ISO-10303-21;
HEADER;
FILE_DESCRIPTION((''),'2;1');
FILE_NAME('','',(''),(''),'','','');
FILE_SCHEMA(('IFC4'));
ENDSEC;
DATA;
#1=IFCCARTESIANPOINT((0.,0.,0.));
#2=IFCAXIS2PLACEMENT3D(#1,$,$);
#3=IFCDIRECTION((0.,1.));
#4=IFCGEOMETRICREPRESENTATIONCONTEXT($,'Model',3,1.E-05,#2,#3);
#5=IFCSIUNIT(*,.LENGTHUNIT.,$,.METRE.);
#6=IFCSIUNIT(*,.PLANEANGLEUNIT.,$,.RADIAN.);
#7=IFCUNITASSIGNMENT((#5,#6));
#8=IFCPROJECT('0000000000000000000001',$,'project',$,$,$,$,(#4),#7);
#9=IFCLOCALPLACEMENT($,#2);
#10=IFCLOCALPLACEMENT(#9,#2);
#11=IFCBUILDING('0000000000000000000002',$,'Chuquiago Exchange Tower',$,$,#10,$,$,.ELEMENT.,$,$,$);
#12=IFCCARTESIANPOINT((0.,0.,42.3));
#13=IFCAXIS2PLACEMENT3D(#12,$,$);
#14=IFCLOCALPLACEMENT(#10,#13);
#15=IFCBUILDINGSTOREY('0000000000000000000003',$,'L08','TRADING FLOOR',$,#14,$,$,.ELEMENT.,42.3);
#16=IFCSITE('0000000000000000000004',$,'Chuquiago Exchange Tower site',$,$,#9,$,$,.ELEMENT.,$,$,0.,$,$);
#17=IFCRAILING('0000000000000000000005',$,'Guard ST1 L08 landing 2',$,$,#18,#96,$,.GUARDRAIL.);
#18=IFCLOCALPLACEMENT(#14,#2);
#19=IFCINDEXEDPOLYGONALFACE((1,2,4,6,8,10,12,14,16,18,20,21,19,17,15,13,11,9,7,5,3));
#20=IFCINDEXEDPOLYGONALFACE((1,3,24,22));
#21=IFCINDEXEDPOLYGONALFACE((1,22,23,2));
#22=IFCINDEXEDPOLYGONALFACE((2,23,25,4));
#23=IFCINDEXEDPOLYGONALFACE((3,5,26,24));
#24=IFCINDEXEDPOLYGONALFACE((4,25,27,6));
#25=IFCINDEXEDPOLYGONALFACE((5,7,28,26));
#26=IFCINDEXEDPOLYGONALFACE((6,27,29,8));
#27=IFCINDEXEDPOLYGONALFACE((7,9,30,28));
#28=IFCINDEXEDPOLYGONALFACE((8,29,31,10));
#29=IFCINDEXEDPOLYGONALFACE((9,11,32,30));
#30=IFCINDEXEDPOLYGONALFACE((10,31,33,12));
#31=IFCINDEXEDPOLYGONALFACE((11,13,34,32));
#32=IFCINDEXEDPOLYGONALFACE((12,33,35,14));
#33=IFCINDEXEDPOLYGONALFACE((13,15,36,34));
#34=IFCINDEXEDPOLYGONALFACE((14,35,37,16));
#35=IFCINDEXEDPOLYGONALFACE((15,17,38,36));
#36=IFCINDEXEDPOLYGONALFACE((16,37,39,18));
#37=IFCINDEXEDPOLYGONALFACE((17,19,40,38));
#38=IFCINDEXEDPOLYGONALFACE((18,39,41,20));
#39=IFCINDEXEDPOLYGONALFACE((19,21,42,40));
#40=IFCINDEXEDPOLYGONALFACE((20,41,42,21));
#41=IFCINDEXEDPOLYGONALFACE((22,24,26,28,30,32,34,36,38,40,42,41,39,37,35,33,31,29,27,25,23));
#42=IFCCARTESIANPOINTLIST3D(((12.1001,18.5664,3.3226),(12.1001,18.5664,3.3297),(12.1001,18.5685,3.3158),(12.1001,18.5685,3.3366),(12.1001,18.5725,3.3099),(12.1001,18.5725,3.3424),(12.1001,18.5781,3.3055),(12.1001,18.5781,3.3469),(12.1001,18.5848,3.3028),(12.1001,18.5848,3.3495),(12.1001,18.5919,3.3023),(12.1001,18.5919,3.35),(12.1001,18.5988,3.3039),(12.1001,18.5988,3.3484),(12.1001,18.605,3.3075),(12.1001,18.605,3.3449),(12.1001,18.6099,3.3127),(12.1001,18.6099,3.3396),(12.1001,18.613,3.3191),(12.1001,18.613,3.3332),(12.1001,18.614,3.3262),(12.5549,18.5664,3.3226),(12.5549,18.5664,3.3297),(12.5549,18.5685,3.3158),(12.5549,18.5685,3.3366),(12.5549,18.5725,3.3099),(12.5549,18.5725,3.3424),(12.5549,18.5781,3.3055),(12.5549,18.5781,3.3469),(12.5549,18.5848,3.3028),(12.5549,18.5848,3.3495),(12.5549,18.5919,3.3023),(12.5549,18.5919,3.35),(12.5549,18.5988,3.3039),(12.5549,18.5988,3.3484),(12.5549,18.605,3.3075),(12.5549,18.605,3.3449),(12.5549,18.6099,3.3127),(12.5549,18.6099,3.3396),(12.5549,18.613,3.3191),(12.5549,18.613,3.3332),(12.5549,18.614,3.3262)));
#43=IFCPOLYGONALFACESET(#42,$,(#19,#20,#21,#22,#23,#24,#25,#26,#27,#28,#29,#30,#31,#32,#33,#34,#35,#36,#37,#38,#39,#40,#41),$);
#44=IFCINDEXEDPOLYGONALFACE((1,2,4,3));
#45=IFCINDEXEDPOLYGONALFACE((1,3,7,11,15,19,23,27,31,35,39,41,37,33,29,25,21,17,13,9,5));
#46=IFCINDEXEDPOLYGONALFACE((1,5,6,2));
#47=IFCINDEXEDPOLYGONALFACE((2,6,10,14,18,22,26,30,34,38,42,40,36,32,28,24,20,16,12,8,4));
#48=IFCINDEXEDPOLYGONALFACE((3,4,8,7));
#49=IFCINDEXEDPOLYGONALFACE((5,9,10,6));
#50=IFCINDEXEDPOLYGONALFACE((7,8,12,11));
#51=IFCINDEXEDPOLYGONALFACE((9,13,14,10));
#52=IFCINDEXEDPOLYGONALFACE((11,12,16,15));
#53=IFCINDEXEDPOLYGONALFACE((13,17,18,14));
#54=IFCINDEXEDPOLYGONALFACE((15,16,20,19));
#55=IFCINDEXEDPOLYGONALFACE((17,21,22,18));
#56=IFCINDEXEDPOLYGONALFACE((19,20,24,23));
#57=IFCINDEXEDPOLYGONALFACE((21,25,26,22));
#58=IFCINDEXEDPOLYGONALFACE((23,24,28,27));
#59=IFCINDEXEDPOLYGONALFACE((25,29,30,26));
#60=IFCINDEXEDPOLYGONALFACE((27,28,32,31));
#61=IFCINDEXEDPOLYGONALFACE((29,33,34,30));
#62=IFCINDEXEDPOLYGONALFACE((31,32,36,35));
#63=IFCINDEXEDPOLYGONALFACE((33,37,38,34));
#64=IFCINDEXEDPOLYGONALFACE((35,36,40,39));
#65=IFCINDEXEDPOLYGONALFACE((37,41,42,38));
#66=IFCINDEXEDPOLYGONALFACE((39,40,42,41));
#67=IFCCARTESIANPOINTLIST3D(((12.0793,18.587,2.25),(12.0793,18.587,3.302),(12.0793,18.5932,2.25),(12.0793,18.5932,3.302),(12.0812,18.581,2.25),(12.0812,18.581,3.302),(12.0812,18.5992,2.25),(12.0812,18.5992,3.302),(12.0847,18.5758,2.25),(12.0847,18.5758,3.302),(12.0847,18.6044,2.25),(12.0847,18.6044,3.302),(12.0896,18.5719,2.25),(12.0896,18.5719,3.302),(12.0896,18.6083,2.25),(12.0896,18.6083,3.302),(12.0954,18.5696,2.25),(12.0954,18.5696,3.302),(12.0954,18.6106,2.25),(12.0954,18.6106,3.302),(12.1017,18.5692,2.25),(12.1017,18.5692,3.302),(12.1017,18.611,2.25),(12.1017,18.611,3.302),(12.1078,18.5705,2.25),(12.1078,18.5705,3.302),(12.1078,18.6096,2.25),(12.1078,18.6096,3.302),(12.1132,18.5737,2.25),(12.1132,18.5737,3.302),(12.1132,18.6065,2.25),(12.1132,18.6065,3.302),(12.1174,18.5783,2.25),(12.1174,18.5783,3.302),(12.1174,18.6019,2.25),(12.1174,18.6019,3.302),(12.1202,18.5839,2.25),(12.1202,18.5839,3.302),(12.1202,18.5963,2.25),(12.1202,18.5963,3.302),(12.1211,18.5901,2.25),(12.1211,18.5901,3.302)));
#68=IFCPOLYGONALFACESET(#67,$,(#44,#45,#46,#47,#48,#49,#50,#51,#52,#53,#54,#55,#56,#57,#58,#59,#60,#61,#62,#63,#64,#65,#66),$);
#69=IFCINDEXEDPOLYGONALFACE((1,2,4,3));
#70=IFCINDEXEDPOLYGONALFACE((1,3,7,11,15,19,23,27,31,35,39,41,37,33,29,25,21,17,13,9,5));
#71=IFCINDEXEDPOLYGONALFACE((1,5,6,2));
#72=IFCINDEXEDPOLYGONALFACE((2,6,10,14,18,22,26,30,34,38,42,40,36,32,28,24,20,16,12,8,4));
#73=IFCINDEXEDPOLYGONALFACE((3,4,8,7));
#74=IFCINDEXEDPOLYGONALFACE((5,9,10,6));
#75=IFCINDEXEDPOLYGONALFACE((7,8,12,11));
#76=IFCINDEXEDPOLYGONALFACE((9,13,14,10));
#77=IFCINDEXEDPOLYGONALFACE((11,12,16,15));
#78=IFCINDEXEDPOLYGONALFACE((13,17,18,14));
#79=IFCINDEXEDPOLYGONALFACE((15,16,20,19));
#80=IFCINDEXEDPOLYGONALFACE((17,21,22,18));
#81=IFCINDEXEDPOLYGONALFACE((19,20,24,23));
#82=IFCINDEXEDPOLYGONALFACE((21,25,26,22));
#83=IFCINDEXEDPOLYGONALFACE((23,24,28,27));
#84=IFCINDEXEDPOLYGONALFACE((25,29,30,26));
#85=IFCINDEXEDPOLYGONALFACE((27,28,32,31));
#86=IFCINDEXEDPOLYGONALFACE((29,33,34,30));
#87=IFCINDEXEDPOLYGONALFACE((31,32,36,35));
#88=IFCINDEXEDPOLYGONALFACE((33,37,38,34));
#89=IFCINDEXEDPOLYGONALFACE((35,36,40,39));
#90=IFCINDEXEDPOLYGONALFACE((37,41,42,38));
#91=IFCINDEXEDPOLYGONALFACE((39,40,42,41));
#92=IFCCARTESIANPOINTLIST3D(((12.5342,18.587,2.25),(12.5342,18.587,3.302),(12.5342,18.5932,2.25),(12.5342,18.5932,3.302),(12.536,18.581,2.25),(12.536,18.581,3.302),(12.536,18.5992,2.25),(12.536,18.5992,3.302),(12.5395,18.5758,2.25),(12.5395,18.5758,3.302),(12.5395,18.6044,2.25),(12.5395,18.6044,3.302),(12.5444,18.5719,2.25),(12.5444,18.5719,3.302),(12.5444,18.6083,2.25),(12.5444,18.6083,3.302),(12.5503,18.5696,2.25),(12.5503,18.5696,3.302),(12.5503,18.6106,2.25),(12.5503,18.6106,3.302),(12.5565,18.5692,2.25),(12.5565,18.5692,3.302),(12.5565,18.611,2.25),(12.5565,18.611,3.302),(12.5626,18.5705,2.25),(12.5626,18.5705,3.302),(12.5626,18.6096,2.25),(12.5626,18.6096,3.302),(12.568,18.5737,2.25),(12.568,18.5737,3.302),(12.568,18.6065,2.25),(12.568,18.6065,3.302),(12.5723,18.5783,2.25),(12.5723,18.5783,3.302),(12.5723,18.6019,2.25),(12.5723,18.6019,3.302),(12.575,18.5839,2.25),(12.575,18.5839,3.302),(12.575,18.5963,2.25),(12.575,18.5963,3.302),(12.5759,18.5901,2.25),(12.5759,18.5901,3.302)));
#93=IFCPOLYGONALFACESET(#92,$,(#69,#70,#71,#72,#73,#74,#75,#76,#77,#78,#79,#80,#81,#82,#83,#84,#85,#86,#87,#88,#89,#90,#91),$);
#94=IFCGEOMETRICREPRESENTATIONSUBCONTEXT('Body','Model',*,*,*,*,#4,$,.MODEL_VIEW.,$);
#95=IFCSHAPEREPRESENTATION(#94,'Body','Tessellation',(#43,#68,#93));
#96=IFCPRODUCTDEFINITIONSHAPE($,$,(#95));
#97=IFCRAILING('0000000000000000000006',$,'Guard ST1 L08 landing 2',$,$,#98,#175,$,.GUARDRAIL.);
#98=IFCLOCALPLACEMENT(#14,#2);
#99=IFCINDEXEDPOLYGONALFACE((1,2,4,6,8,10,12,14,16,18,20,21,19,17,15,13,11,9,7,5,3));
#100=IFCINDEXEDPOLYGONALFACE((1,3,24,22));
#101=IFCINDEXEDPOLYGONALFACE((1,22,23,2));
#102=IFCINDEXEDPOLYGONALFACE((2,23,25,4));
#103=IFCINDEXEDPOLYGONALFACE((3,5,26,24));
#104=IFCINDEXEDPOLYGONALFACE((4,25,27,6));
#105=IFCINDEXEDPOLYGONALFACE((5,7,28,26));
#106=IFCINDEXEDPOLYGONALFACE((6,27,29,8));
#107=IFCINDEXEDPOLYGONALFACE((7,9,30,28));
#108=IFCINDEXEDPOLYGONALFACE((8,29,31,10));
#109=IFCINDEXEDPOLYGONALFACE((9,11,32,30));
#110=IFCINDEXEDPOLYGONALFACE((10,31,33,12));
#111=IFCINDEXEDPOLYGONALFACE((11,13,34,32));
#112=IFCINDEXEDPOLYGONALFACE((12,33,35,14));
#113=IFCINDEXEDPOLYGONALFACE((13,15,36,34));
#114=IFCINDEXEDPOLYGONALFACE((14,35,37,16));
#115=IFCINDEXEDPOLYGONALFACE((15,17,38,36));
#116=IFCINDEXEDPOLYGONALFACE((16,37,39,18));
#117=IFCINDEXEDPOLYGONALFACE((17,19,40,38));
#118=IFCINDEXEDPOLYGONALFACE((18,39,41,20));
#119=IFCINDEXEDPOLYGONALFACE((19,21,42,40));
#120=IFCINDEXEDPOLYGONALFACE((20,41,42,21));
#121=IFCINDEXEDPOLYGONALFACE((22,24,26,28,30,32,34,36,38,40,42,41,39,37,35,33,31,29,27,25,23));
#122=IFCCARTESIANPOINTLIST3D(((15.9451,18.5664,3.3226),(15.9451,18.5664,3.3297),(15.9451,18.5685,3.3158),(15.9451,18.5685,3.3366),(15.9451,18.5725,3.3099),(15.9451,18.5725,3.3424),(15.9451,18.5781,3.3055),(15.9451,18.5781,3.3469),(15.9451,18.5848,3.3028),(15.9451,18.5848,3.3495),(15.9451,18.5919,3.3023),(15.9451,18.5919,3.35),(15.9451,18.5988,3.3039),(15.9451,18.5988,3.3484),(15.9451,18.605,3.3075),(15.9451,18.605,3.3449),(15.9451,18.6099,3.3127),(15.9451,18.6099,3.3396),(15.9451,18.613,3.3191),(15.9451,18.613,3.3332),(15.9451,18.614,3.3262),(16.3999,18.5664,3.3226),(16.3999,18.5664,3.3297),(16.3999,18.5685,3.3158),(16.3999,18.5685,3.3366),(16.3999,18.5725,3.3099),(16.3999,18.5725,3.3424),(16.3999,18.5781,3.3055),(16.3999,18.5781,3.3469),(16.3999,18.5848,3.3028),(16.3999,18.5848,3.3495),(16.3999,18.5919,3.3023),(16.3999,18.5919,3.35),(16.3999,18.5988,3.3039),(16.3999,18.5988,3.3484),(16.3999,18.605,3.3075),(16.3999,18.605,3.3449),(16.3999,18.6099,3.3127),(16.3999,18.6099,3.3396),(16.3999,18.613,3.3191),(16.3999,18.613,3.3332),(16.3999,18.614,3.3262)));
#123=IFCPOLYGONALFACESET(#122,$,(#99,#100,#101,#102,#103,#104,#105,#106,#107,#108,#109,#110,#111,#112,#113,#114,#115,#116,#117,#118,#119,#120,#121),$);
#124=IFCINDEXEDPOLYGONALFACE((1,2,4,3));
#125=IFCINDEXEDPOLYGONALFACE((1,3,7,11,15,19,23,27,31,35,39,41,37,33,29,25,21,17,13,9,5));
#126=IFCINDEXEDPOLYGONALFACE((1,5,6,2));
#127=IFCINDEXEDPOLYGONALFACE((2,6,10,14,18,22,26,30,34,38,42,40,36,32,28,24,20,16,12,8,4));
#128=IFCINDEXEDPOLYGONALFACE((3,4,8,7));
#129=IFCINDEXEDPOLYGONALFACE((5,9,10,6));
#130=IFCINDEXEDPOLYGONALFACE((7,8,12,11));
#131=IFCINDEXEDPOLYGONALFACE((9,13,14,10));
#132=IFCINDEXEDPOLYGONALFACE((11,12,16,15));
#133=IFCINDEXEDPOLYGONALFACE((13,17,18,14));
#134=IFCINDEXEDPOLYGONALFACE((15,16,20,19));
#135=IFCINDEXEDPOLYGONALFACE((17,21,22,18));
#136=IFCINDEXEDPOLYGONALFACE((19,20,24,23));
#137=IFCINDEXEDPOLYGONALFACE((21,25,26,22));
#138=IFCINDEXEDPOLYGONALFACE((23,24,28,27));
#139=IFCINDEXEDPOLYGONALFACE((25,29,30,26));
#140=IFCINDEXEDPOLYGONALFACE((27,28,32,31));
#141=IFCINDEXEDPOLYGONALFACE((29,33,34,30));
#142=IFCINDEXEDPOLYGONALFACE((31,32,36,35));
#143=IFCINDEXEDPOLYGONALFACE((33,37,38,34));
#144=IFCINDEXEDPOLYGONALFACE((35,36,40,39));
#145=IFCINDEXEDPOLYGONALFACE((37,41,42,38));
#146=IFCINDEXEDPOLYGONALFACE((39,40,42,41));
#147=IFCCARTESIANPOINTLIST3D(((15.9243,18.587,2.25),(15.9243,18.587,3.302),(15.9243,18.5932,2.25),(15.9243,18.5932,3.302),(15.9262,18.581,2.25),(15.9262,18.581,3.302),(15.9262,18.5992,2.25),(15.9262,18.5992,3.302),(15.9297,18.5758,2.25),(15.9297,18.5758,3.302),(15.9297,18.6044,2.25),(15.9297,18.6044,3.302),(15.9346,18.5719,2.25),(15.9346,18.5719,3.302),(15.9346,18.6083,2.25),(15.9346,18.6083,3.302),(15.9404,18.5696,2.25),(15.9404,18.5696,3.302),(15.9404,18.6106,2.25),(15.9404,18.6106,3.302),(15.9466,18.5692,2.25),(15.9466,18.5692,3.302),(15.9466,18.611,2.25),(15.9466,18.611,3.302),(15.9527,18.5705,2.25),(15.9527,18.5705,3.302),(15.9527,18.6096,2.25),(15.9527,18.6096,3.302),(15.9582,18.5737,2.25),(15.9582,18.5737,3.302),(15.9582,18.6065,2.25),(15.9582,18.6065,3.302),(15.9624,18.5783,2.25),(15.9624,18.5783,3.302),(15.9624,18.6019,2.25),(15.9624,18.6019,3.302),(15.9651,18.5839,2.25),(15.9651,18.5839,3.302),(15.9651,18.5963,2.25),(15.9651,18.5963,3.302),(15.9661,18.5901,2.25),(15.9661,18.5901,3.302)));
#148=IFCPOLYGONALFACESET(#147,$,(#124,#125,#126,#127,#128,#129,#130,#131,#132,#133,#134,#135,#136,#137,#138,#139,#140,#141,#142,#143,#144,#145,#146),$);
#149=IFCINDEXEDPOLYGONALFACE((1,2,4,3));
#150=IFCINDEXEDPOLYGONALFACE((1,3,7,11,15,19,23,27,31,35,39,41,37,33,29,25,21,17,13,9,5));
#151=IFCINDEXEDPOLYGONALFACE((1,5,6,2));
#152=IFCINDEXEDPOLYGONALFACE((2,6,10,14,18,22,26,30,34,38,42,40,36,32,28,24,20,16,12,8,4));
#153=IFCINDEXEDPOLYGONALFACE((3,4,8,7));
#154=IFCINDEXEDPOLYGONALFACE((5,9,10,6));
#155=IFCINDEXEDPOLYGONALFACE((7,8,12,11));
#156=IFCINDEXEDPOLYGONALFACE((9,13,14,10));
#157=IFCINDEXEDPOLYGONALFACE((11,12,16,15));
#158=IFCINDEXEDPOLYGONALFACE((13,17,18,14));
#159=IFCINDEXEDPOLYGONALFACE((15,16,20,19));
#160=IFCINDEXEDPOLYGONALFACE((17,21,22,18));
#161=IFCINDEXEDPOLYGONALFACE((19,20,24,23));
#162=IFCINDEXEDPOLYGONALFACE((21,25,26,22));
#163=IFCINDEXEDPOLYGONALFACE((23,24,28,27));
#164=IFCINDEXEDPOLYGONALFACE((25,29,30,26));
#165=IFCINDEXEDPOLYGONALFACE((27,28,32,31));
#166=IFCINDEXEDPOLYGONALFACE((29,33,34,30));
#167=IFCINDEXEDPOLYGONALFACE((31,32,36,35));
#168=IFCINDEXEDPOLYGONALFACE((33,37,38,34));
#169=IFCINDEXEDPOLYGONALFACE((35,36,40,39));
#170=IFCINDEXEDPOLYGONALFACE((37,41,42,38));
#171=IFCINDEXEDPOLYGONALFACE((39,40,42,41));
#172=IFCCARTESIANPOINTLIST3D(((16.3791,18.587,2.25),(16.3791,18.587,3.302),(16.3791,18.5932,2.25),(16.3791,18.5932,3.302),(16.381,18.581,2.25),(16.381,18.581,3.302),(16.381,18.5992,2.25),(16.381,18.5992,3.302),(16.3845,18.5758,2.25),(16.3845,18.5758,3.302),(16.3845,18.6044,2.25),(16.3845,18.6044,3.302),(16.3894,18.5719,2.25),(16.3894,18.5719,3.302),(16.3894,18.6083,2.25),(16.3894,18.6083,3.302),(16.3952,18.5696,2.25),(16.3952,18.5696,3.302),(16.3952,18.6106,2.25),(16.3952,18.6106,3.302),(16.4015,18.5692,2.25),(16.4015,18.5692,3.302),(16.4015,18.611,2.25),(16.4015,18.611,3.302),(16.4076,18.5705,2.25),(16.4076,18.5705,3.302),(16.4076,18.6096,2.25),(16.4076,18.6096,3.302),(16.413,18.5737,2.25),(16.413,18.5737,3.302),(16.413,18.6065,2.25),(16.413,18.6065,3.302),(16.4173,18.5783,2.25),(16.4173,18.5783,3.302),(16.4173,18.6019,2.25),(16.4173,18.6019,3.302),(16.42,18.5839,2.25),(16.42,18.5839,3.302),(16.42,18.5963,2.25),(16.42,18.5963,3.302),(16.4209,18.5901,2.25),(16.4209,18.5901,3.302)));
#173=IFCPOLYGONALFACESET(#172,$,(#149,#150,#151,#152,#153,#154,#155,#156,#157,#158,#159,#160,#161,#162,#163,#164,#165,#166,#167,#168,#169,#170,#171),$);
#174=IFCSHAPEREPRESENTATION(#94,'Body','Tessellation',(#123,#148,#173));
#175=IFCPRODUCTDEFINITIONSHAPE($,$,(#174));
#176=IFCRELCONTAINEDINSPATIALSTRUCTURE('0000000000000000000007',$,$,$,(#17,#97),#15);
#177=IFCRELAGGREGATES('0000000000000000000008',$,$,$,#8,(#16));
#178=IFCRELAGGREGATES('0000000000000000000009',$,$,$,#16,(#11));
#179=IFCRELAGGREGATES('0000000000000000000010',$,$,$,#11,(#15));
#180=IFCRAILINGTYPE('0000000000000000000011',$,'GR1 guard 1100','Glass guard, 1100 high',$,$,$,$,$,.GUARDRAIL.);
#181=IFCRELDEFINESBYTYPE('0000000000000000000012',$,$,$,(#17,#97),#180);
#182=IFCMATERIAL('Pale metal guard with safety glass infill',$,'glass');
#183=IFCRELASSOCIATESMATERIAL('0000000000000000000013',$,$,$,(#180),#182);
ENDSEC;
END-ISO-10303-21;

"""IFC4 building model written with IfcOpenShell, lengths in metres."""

from ifc_helpers import new_model, si_unit, direction, frame, origin, origin_2d, place, context, subcontext, project, spatial, circle, extrude, material, type_object, element, save


model = new_model("IFC4")

# Units and contexts
model_context = context("Model", 3, precision=1e-05, world=origin(), true_north=direction((0.0, 1.0)))
body_context = subcontext(model_context, "Body", "Model", "MODEL_VIEW")
ifc_project = project(units=[si_unit("LENGTHUNIT", "METRE"), si_unit("PLANEANGLEUNIT", "RADIAN")], contexts=[model_context])

# Site, building, storey
site_placement = place(None, origin())
site = spatial("IfcSite", under=ifc_project, at=site_placement, Name="Chuquiago Exchange Tower site", CompositionType="ELEMENT", RefElevation=0.0)
building_placement = place(site_placement, origin())
building = spatial("IfcBuilding", under=site, at=building_placement, Name="Chuquiago Exchange Tower", CompositionType="ELEMENT")
storey_placement = place(building_placement, frame((0.0, 0.0, 42.3)))
storey = spatial("IfcBuildingStorey", under=building, at=storey_placement, Name="L08", Description="TRADING FLOOR", CompositionType="ELEMENT", Elevation=42.3)

# Railings
ifc_material_1 = material(Name="Pale metal guard with safety glass infill", Category="glass")
railing_type_1 = type_object("IfcRailingType", Name="GR1 guard 1100", Description="Glass guard, 1100 high", PredefinedType="GUARDRAIL", material=ifc_material_1)
for number, where, name in (
    (1, (12.1001, 18.5901, 2.25), "Guard ST1 L08 landing 2"),
    (2, (15.9451, 18.5901, 2.25), "Guard ST1 L08 landing 2"),
):
    element("IfcRailing", number, at=place(storey_placement, frame(where)), inside=storey, type_object=railing_type_1, Name=name, PredefinedType="GUARDRAIL", context=body_context, shape_type="SweptSolid", body=[
        extrude(circle(Radius=0.0239, at=origin_2d()), frame((0.0, 0.0, 1.0762), z_axis=(1.0, 0.0, 0.0), x_axis=(0.0, 1.0, 0.0)), (0.0, 0.0, 1.0), 0.4548),
        extrude(circle(Radius=0.021, at=origin_2d()), origin(), (0.0, 0.0, 1.0), 1.052),
        extrude(circle(Radius=0.021, at=origin_2d()), frame((0.4548, 0.0, 0.0)), (0.0, 0.0, 1.0), 1.052),
    ])

save(model, "model.ifc")
